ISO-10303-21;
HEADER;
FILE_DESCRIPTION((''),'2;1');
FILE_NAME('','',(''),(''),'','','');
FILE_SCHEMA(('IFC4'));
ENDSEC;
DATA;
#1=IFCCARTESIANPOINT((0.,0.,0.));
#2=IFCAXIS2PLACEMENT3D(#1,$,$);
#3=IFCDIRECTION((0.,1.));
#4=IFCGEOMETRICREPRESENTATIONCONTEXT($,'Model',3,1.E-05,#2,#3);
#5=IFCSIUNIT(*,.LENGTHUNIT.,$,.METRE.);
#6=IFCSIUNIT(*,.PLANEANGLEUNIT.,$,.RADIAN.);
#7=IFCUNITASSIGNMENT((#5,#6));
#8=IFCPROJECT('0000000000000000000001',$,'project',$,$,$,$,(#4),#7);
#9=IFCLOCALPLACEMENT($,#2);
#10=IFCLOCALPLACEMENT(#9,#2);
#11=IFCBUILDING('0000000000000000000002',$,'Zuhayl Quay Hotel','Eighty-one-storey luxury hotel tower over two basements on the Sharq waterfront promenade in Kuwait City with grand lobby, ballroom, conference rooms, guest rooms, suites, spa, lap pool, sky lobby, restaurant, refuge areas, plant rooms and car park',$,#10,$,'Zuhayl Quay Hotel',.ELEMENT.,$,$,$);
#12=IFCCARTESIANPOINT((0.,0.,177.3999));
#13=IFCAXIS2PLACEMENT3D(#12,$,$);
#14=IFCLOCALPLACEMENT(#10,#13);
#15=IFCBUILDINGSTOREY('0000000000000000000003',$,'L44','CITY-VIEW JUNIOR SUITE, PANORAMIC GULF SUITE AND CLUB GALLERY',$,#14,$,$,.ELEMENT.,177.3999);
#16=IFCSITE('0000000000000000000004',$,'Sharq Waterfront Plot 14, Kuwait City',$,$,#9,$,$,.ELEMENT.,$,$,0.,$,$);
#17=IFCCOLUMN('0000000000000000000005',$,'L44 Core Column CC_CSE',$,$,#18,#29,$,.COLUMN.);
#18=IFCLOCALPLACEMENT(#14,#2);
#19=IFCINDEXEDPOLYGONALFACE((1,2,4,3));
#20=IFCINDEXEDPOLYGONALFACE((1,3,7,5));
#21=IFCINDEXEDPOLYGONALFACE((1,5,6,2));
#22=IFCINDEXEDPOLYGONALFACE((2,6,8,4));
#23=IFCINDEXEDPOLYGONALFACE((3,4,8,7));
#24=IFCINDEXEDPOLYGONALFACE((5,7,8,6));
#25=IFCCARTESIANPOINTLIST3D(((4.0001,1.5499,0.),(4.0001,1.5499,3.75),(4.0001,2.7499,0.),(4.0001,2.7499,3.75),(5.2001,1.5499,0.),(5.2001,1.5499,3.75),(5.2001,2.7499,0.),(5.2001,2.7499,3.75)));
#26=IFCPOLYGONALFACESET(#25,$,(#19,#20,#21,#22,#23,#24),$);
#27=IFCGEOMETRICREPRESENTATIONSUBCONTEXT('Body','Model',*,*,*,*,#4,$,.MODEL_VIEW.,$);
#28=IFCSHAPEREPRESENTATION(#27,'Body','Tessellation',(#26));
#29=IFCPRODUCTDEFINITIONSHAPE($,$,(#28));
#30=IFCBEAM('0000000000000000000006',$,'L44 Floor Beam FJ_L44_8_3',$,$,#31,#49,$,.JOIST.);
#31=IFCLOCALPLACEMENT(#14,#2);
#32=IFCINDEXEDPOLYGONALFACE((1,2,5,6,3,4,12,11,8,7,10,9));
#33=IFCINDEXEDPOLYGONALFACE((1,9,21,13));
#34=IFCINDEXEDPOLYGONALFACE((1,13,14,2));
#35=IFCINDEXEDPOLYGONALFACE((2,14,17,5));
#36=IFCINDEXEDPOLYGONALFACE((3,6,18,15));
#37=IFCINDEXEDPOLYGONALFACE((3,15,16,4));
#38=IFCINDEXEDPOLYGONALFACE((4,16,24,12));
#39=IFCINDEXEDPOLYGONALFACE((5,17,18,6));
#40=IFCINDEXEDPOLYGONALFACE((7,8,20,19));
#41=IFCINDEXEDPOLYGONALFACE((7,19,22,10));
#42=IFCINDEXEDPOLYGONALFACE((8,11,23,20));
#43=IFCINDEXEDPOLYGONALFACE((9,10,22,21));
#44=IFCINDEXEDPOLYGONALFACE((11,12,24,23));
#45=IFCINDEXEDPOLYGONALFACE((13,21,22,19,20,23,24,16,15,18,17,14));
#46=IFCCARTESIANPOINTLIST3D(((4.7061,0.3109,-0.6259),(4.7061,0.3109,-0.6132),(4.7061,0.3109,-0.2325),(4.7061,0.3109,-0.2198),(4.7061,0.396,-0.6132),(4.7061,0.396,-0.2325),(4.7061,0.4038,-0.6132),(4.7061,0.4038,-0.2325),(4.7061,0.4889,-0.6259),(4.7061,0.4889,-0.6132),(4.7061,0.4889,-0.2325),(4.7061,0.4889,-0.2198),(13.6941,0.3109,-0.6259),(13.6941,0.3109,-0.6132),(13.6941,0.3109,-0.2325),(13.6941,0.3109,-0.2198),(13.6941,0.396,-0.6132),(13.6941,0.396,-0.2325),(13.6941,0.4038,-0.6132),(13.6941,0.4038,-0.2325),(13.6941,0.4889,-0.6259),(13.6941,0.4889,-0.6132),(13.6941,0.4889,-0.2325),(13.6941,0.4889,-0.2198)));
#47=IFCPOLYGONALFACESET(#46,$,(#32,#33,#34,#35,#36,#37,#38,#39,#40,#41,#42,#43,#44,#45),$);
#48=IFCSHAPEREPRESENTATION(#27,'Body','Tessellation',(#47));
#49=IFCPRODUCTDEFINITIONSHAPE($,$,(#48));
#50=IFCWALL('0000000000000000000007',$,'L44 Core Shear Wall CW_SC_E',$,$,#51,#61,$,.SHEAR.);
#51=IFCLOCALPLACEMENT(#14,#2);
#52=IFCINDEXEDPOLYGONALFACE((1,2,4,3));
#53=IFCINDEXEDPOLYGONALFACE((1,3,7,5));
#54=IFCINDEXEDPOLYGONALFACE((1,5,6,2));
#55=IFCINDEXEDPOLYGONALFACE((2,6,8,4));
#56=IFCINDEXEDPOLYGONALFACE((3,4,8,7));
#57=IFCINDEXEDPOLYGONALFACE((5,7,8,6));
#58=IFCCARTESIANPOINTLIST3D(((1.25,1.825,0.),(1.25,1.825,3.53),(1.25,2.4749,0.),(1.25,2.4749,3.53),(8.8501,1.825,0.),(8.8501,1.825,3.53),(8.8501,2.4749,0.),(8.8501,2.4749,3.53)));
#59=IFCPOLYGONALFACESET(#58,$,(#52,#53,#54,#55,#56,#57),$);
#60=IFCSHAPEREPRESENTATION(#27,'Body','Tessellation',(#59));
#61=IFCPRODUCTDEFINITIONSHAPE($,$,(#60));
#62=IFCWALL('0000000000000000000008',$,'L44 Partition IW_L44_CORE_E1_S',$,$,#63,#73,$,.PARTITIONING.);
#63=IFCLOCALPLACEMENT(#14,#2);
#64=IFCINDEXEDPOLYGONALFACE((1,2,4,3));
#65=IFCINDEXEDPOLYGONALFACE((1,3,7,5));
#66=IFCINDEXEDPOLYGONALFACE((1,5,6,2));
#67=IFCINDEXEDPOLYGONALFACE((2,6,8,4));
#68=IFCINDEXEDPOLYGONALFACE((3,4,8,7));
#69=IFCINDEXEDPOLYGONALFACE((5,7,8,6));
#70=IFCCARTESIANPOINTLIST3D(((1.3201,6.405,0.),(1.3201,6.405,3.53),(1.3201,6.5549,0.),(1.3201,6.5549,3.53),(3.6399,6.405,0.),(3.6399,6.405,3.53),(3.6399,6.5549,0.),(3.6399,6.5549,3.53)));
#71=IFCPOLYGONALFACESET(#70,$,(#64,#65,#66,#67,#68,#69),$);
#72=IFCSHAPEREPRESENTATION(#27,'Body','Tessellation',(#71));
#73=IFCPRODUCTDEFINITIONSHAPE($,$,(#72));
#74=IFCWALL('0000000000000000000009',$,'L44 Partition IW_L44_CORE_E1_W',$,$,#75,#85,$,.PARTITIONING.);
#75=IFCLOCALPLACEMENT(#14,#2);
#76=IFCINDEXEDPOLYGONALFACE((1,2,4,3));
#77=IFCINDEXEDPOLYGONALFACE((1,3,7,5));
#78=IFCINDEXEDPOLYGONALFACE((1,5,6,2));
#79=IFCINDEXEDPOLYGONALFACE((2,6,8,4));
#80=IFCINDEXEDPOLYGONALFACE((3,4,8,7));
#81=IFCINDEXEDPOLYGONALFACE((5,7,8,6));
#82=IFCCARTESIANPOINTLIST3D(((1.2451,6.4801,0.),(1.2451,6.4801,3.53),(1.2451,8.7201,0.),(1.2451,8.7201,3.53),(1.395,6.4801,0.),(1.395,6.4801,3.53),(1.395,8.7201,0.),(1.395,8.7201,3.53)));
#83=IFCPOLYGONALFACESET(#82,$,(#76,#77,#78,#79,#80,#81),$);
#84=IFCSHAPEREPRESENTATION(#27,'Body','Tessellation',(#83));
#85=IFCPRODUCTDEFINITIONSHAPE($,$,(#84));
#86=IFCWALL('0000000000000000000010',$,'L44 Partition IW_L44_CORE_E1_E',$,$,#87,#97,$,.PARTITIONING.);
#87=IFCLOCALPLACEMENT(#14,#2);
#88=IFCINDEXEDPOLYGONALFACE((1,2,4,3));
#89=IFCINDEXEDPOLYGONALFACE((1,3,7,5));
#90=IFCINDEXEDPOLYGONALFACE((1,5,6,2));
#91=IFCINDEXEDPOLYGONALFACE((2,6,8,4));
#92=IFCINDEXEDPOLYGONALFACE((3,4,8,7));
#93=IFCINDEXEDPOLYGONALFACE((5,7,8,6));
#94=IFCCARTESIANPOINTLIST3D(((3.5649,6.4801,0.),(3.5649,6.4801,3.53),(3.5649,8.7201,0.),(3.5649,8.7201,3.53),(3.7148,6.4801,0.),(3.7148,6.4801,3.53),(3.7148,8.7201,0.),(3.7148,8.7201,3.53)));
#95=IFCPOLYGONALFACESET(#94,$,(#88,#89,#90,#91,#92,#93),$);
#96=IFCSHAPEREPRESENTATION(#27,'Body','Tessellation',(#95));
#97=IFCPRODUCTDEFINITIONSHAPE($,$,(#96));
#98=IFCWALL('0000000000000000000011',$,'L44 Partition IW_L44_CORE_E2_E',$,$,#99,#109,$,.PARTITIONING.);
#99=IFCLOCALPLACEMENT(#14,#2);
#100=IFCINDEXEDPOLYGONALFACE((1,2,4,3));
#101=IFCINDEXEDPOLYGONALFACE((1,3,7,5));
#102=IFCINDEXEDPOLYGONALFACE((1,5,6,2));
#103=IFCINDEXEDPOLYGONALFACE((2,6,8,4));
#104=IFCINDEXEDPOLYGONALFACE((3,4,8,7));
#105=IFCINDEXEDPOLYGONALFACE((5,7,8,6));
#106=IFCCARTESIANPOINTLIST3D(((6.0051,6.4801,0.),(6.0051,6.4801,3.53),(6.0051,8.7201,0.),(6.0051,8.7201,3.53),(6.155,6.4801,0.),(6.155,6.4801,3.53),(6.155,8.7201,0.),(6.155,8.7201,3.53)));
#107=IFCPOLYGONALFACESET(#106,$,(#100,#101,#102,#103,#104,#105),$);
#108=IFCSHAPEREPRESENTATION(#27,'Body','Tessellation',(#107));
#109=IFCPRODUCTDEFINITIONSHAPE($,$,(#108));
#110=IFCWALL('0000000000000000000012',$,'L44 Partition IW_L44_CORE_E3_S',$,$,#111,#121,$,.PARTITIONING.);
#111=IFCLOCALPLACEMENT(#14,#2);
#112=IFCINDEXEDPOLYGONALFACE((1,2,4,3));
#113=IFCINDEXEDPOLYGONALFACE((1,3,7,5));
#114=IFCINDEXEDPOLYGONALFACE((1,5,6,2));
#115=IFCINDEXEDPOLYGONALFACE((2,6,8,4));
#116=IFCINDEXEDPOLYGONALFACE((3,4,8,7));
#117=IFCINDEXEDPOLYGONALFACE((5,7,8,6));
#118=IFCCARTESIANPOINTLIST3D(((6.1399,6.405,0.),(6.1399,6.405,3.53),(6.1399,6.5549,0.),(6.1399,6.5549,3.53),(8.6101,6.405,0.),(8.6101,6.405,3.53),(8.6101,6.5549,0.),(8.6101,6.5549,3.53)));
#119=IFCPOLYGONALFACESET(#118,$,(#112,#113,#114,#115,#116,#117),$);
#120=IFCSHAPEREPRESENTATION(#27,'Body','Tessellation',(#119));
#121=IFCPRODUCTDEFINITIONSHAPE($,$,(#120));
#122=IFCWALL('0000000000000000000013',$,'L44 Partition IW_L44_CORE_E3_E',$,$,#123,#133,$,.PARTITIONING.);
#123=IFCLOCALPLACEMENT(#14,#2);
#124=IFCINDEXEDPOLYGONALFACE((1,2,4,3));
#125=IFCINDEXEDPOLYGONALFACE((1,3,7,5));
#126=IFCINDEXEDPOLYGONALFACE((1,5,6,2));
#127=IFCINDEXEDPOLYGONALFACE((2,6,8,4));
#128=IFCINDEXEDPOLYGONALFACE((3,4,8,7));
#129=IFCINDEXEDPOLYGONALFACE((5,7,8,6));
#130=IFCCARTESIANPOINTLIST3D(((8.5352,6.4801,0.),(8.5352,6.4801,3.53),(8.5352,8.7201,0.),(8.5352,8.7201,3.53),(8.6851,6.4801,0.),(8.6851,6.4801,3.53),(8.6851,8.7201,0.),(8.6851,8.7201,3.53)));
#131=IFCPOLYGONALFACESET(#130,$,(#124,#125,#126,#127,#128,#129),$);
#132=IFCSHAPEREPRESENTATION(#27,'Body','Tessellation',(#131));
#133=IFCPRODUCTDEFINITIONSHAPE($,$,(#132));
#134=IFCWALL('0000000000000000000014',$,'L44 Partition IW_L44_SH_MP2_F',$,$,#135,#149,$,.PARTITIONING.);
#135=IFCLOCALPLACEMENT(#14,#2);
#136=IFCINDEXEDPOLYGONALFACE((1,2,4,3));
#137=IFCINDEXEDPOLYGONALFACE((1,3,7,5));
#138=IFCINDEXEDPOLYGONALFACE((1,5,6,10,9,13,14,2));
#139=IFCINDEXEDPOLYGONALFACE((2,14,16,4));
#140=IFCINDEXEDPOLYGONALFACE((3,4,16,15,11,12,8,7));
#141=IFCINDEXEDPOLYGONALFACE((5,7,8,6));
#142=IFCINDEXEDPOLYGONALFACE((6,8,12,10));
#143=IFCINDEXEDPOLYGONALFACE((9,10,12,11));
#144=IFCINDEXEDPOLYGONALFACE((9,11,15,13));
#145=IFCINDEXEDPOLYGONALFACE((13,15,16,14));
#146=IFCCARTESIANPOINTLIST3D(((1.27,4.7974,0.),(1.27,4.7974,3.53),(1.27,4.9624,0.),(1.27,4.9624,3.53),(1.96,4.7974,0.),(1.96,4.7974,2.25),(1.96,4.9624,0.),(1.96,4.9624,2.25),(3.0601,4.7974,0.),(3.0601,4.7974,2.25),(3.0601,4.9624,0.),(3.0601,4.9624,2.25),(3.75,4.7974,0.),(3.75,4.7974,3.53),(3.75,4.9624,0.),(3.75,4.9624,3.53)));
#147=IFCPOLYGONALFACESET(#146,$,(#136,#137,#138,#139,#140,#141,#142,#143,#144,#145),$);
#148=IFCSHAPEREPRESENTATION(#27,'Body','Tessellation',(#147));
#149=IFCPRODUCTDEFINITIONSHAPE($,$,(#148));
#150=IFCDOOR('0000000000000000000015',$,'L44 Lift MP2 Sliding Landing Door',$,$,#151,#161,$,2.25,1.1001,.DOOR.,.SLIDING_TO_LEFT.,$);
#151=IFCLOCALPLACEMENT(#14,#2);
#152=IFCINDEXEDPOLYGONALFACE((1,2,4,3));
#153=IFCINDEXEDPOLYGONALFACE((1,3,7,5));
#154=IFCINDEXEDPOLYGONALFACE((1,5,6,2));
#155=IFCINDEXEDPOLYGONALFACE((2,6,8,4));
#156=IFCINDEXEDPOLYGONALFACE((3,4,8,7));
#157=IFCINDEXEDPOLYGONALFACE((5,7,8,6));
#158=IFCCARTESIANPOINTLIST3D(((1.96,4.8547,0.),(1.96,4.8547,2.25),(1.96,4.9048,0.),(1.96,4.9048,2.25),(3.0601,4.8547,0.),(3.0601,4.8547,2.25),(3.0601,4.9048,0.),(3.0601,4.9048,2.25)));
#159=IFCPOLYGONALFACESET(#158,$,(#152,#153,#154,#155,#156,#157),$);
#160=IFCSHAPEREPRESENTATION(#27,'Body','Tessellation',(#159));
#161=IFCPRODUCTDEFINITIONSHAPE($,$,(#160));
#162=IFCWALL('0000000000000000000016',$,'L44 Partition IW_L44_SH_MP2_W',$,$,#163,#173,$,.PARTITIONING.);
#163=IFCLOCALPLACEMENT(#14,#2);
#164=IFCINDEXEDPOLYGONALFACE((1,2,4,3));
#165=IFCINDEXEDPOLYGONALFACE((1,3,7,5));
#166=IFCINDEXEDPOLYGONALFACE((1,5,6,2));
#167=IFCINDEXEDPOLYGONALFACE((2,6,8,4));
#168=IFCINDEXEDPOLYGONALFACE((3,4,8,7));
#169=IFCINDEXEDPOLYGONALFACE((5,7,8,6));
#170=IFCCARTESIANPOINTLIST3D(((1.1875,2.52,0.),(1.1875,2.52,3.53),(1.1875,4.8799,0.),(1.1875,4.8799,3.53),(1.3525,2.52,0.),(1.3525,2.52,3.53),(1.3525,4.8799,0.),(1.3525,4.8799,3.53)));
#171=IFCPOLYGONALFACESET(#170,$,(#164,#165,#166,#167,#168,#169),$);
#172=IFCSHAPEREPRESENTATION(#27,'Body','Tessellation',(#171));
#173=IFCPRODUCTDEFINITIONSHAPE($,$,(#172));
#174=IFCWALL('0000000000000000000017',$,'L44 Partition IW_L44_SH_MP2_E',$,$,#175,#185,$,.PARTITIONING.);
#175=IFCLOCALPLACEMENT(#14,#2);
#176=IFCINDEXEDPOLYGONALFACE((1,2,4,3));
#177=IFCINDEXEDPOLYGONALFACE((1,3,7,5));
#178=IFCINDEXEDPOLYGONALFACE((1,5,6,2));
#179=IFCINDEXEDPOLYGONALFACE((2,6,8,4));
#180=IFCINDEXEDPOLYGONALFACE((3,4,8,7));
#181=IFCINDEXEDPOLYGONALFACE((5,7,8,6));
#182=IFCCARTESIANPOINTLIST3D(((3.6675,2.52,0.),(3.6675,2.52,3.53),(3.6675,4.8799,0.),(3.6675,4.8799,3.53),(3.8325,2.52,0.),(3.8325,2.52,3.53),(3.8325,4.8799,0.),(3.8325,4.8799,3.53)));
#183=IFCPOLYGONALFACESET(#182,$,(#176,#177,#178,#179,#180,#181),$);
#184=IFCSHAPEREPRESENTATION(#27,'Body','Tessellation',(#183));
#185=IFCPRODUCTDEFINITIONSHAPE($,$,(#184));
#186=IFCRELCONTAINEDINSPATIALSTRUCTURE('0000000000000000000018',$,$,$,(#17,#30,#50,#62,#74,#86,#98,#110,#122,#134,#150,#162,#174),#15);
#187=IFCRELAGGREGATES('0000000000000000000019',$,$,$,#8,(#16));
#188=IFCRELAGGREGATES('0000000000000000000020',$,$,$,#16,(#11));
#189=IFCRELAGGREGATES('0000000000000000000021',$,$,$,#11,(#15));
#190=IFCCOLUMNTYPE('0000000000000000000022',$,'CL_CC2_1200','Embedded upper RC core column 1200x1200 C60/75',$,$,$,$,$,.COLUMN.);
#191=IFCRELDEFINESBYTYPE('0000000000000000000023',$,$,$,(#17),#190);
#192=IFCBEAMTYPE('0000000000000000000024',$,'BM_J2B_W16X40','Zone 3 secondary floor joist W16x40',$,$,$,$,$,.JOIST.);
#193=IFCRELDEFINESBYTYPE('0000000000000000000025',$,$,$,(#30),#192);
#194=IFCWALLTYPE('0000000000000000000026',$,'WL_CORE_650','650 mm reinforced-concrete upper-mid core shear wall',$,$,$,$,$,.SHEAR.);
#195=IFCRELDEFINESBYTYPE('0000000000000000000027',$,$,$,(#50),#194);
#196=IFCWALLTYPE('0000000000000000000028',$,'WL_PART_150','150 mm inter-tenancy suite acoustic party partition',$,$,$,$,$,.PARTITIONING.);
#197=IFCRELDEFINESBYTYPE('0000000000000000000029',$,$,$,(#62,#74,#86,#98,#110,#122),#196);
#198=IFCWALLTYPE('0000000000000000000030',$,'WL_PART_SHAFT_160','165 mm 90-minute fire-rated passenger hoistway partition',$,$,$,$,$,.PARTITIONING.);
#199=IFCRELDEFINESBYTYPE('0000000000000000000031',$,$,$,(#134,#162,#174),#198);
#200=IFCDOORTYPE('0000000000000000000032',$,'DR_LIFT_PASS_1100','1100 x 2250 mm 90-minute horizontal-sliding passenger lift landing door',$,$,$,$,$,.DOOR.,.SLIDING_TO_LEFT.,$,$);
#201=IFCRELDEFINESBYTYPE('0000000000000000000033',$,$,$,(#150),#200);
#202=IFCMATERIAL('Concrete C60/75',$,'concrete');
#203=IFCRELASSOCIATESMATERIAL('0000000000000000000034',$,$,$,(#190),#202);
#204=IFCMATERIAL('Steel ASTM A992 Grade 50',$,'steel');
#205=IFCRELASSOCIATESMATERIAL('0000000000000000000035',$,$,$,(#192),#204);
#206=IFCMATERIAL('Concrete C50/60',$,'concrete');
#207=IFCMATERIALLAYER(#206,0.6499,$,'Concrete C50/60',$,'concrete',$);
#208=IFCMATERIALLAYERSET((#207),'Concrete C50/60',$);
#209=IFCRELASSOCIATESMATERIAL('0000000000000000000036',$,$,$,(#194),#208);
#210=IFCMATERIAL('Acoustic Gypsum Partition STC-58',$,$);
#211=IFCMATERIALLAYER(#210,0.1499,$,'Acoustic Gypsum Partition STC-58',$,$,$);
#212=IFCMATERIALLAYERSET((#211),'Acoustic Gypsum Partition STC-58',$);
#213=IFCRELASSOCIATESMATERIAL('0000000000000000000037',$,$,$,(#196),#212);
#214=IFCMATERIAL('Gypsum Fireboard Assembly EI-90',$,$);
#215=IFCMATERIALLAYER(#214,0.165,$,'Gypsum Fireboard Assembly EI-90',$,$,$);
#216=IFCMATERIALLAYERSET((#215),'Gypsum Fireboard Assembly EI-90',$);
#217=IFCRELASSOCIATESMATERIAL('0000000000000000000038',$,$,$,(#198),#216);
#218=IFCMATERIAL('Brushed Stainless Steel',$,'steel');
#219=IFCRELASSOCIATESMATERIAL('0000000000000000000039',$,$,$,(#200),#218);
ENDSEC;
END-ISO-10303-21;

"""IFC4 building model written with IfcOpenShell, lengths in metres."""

from ifc_helpers import new_model, si_unit, direction, frame, frame_2d, origin, origin_2d, place, context, subcontext, project, spatial, rectangle, i_section, extrude, material, layer, layer_set, material_profile, profile_set, type_object, element, fill, save


model = new_model("IFC4")

# Units and contexts
model_context = context("Model", 3, precision=1e-05, world=origin(), true_north=direction((0.0, 1.0)))
body_context = subcontext(model_context, "Body", "Model", "MODEL_VIEW")
ifc_project = project(units=[si_unit("LENGTHUNIT", "METRE"), si_unit("PLANEANGLEUNIT", "RADIAN")], contexts=[model_context])

# Site, building, storey
site_placement = place(None, origin())
site = spatial("IfcSite", under=ifc_project, at=site_placement, Name="Sharq Waterfront Plot 14, Kuwait City", CompositionType="ELEMENT", RefElevation=0.0)
building_placement = place(site_placement, origin())
building = spatial("IfcBuilding", under=site, at=building_placement, Name="Zuhayl Quay Hotel", Description="Eighty-one-storey luxury hotel tower over two basements on the Sharq waterfront promenade in Kuwait City with grand lobby, ballroom, conference rooms, guest rooms, suites, spa, lap pool, sky lobby, restaurant, refuge areas, plant rooms and car park", LongName="Zuhayl Quay Hotel", CompositionType="ELEMENT")
storey_placement = place(building_placement, frame((0.0, 0.0, 177.3999)))
storey = spatial("IfcBuildingStorey", under=building, at=storey_placement, Name="L44", Description="CITY-VIEW JUNIOR SUITE, PANORAMIC GULF SUITE AND CLUB GALLERY", CompositionType="ELEMENT", Elevation=177.3999)

# Column
ifc_material_1 = material(Name="Concrete C60/75", Category="concrete")
ifc_material_profile_1 = material_profile(ifc_material_1, rectangle(XDim=1.2, YDim=1.2, at=origin_2d()), Name="RC1200X1200")
ifc_profile_set_1 = profile_set([ifc_material_profile_1], Name="Concrete C60/75")
column_type = type_object("IfcColumnType", Name="CL_CC2_1200", Description="Embedded upper RC core column 1200x1200 C60/75", PredefinedType="COLUMN", material=ifc_profile_set_1)
column_placement = place(storey_placement, frame((4.6001, 2.1499, 0.0), z_axis=(0.0, 0.0, 1.0), x_axis=(1.0, 0.0, 0.0)))
element("IfcColumn", 1, at=column_placement, inside=storey, type_object=column_type, Name="L44 Core Column CC_CSE", PredefinedType="COLUMN", context=body_context, shape_type="SweptSolid", body=[
    extrude(rectangle(XDim=1.2, YDim=1.2, at=origin_2d()), origin(), (0.0, 0.0, 1.0), 3.75),
])

# Beam
ifc_material_2 = material(Name="Steel ASTM A992 Grade 50", Category="steel")
ifc_material_profile_2 = material_profile(ifc_material_2, i_section(OverallWidth=0.178, OverallDepth=0.406, WebThickness=0.0078, FlangeThickness=0.0127, at=origin_2d()), Name="W16X40")
ifc_profile_set_2 = profile_set([ifc_material_profile_2], Name="Steel ASTM A992 Grade 50")
beam_type = type_object("IfcBeamType", Name="BM_J2B_W16X40", Description="Zone 3 secondary floor joist W16x40", PredefinedType="JOIST", material=ifc_profile_set_2)
beam_placement = place(storey_placement, frame((4.7061, 0.3999, -0.4229), z_axis=(1.0, 0.0, 0.0), x_axis=(0.0, 1.0, 0.0)))
element("IfcBeam", 2, at=beam_placement, inside=storey, type_object=beam_type, Name="L44 Floor Beam FJ_L44_8_3", PredefinedType="JOIST", context=body_context, shape_type="SweptSolid", body=[
    extrude(i_section(OverallWidth=0.178, OverallDepth=0.406, WebThickness=0.0078, FlangeThickness=0.0127, at=origin_2d()), origin(), (0.0, 0.0, 1.0), 8.988),
])

# Wall
ifc_material_3 = material(Name="Concrete C50/60", Category="concrete")
ifc_layer_1 = layer(ifc_material_3, 0.6499, Name="Concrete C50/60", Category="concrete")
ifc_layer_set_1 = layer_set([ifc_layer_1], Name="Concrete C50/60")
wall_type_1 = type_object("IfcWallType", Name="WL_CORE_650", Description="650 mm reinforced-concrete upper-mid core shear wall", PredefinedType="SHEAR", material=ifc_layer_set_1)
wall_1_placement = place(storey_placement, frame((1.25, 2.1499, 0.0), z_axis=(0.0, 0.0, 1.0), x_axis=(1.0, 0.0, 0.0)))
element("IfcWall", 3, at=wall_1_placement, inside=storey, type_object=wall_type_1, Name="L44 Core Shear Wall CW_SC_E", PredefinedType="SHEAR", context=body_context, shape_type="SweptSolid", body=[
    extrude(rectangle(XDim=7.6001, YDim=0.6499, at=frame_2d((3.8, 0.0))), origin(), (0.0, 0.0, 1.0), 3.53),
])

# Shared definitions
ifc_material_4 = material(Name="Acoustic Gypsum Partition STC-58")
ifc_layer_2 = layer(ifc_material_4, 0.1499, Name="Acoustic Gypsum Partition STC-58")
ifc_layer_set_2 = layer_set([ifc_layer_2], Name="Acoustic Gypsum Partition STC-58")
wall_type_2 = type_object("IfcWallType", Name="WL_PART_150", Description="150 mm inter-tenancy suite acoustic party partition", PredefinedType="PARTITIONING", material=ifc_layer_set_2)

# Walls
wall_2_placement = place(storey_placement, frame((1.3201, 6.48, 0.0), z_axis=(0.0, 0.0, 1.0), x_axis=(1.0, 0.0, 0.0)))
element("IfcWall", 4, at=wall_2_placement, inside=storey, type_object=wall_type_2, Name="L44 Partition IW_L44_CORE_E1_S", PredefinedType="PARTITIONING", context=body_context, shape_type="SweptSolid", body=[
    extrude(rectangle(XDim=2.3198, YDim=0.1499, at=frame_2d((1.1599, 0.0))), origin(), (0.0, 0.0, 1.0), 3.53),
])
for number, where, z_axis, x_axis, name in (
    (5, (1.3201, 6.48, 0.0), (0.0, 0.0, 1.0), (0.0, 1.0, 0.0), "L44 Partition IW_L44_CORE_E1_W"),
    (6, (3.6399, 6.48, 0.0), (0.0, 0.0, 1.0), (0.0, 1.0, 0.0), "L44 Partition IW_L44_CORE_E1_E"),
    (7, (6.0801, 6.48, 0.0), (0.0, 0.0, 1.0), (0.0, 1.0, 0.0), "L44 Partition IW_L44_CORE_E2_E"),
):
    element("IfcWall", number, at=place(storey_placement, frame(where, z_axis=z_axis, x_axis=x_axis)), inside=storey, type_object=wall_type_2, Name=name, PredefinedType="PARTITIONING", context=body_context, shape_type="SweptSolid", body=[
        extrude(rectangle(XDim=2.24, YDim=0.1499, at=frame_2d((1.1201, 0.0))), origin(), (0.0, 0.0, 1.0), 3.53),
    ])
wall_3_placement = place(storey_placement, frame((6.1399, 6.48, 0.0), z_axis=(0.0, 0.0, 1.0), x_axis=(1.0, 0.0, 0.0)))
element("IfcWall", 8, at=wall_3_placement, inside=storey, type_object=wall_type_2, Name="L44 Partition IW_L44_CORE_E3_S", PredefinedType="PARTITIONING", context=body_context, shape_type="SweptSolid", body=[
    extrude(rectangle(XDim=2.4702, YDim=0.1499, at=frame_2d((1.2351, 0.0))), origin(), (0.0, 0.0, 1.0), 3.53),
])
wall_4_placement = place(storey_placement, frame((8.6101, 6.48, 0.0), z_axis=(0.0, 0.0, 1.0), x_axis=(0.0, 1.0, 0.0)))
element("IfcWall", 9, at=wall_4_placement, inside=storey, type_object=wall_type_2, Name="L44 Partition IW_L44_CORE_E3_E", PredefinedType="PARTITIONING", context=body_context, shape_type="SweptSolid", body=[
    extrude(rectangle(XDim=2.24, YDim=0.1499, at=frame_2d((1.1201, 0.0))), origin(), (0.0, 0.0, 1.0), 3.53),
])

# Wall, opening, door
ifc_material_5 = material(Name="Gypsum Fireboard Assembly EI-90")
ifc_layer_3 = layer(ifc_material_5, 0.165, Name="Gypsum Fireboard Assembly EI-90")
ifc_layer_set_3 = layer_set([ifc_layer_3], Name="Gypsum Fireboard Assembly EI-90")
wall_type_3 = type_object("IfcWallType", Name="WL_PART_SHAFT_160", Description="165 mm 90-minute fire-rated passenger hoistway partition", PredefinedType="PARTITIONING", material=ifc_layer_set_3)
wall_5_placement = place(storey_placement, frame((1.27, 4.8799, 0.0), z_axis=(0.0, 0.0, 1.0), x_axis=(1.0, 0.0, 0.0)))
wall_5 = element("IfcWall", 10, at=wall_5_placement, inside=storey, type_object=wall_type_3, Name="L44 Partition IW_L44_SH_MP2_F", PredefinedType="PARTITIONING", context=body_context, shape_type="SweptSolid", body=[
    extrude(rectangle(XDim=2.48, YDim=0.165, at=frame_2d((1.24, 0.0))), origin(), (0.0, 0.0, 1.0), 3.53),
])
opening_1_placement = place(wall_5_placement, frame((0.6899, 0.0, 0.0)))
opening_1 = element("IfcOpeningElement", 11, at=opening_1_placement, cuts=wall_5, PredefinedType="OPENING", context=body_context, shape_type="SweptSolid", body=[
    extrude(rectangle(XDim=1.1001, YDim=2.25, at=frame_2d((0.55, 1.125))), frame((0.0, 0.0925, 0.0), z_axis=(0.0, -1.0, 0.0), x_axis=(1.0, 0.0, 0.0)), (0.0, 0.0, 1.0), 0.1851),
])
ifc_material_6 = material(Name="Brushed Stainless Steel", Category="steel")
door_type_1 = type_object("IfcDoorType", Name="DR_LIFT_PASS_1100", Description="1100 x 2250 mm 90-minute horizontal-sliding passenger lift landing door", OperationType="SLIDING_TO_LEFT", PredefinedType="DOOR", material=ifc_material_6)
door_1_placement = place(opening_1_placement, origin())
door_1 = element("IfcDoor", 12, at=door_1_placement, inside=storey, type_object=door_type_1, Name="L44 Lift MP2 Sliding Landing Door", OperationType="SLIDING_TO_LEFT", OverallHeight=2.25, OverallWidth=1.1001, PredefinedType="DOOR", context=body_context, shape_type="SweptSolid", body=[
    extrude(rectangle(XDim=1.1001, YDim=2.25, at=frame_2d((0.55, 1.125))), frame((0.0, 0.0249, 0.0), z_axis=(0.0, -1.0, 0.0), x_axis=(1.0, 0.0, 0.0)), (0.0, 0.0, 1.0), 0.05),
])
fill(opening_1, door_1)

# Walls
for number, where, z_axis, x_axis, name in (
    (13, (1.27, 2.52, 0.0), (0.0, 0.0, 1.0), (0.0, 1.0, 0.0), "L44 Partition IW_L44_SH_MP2_W"),
    (14, (3.75, 2.52, 0.0), (0.0, 0.0, 1.0), (0.0, 1.0, 0.0), "L44 Partition IW_L44_SH_MP2_E"),
):
    element("IfcWall", number, at=place(storey_placement, frame(where, z_axis=z_axis, x_axis=x_axis)), inside=storey, type_object=wall_type_3, Name=name, PredefinedType="PARTITIONING", context=body_context, shape_type="SweptSolid", body=[
        extrude(rectangle(XDim=2.3599, YDim=0.165, at=frame_2d((1.1799, 0.0))), origin(), (0.0, 0.0, 1.0), 3.53),
    ])

save(model, "model.ifc")
